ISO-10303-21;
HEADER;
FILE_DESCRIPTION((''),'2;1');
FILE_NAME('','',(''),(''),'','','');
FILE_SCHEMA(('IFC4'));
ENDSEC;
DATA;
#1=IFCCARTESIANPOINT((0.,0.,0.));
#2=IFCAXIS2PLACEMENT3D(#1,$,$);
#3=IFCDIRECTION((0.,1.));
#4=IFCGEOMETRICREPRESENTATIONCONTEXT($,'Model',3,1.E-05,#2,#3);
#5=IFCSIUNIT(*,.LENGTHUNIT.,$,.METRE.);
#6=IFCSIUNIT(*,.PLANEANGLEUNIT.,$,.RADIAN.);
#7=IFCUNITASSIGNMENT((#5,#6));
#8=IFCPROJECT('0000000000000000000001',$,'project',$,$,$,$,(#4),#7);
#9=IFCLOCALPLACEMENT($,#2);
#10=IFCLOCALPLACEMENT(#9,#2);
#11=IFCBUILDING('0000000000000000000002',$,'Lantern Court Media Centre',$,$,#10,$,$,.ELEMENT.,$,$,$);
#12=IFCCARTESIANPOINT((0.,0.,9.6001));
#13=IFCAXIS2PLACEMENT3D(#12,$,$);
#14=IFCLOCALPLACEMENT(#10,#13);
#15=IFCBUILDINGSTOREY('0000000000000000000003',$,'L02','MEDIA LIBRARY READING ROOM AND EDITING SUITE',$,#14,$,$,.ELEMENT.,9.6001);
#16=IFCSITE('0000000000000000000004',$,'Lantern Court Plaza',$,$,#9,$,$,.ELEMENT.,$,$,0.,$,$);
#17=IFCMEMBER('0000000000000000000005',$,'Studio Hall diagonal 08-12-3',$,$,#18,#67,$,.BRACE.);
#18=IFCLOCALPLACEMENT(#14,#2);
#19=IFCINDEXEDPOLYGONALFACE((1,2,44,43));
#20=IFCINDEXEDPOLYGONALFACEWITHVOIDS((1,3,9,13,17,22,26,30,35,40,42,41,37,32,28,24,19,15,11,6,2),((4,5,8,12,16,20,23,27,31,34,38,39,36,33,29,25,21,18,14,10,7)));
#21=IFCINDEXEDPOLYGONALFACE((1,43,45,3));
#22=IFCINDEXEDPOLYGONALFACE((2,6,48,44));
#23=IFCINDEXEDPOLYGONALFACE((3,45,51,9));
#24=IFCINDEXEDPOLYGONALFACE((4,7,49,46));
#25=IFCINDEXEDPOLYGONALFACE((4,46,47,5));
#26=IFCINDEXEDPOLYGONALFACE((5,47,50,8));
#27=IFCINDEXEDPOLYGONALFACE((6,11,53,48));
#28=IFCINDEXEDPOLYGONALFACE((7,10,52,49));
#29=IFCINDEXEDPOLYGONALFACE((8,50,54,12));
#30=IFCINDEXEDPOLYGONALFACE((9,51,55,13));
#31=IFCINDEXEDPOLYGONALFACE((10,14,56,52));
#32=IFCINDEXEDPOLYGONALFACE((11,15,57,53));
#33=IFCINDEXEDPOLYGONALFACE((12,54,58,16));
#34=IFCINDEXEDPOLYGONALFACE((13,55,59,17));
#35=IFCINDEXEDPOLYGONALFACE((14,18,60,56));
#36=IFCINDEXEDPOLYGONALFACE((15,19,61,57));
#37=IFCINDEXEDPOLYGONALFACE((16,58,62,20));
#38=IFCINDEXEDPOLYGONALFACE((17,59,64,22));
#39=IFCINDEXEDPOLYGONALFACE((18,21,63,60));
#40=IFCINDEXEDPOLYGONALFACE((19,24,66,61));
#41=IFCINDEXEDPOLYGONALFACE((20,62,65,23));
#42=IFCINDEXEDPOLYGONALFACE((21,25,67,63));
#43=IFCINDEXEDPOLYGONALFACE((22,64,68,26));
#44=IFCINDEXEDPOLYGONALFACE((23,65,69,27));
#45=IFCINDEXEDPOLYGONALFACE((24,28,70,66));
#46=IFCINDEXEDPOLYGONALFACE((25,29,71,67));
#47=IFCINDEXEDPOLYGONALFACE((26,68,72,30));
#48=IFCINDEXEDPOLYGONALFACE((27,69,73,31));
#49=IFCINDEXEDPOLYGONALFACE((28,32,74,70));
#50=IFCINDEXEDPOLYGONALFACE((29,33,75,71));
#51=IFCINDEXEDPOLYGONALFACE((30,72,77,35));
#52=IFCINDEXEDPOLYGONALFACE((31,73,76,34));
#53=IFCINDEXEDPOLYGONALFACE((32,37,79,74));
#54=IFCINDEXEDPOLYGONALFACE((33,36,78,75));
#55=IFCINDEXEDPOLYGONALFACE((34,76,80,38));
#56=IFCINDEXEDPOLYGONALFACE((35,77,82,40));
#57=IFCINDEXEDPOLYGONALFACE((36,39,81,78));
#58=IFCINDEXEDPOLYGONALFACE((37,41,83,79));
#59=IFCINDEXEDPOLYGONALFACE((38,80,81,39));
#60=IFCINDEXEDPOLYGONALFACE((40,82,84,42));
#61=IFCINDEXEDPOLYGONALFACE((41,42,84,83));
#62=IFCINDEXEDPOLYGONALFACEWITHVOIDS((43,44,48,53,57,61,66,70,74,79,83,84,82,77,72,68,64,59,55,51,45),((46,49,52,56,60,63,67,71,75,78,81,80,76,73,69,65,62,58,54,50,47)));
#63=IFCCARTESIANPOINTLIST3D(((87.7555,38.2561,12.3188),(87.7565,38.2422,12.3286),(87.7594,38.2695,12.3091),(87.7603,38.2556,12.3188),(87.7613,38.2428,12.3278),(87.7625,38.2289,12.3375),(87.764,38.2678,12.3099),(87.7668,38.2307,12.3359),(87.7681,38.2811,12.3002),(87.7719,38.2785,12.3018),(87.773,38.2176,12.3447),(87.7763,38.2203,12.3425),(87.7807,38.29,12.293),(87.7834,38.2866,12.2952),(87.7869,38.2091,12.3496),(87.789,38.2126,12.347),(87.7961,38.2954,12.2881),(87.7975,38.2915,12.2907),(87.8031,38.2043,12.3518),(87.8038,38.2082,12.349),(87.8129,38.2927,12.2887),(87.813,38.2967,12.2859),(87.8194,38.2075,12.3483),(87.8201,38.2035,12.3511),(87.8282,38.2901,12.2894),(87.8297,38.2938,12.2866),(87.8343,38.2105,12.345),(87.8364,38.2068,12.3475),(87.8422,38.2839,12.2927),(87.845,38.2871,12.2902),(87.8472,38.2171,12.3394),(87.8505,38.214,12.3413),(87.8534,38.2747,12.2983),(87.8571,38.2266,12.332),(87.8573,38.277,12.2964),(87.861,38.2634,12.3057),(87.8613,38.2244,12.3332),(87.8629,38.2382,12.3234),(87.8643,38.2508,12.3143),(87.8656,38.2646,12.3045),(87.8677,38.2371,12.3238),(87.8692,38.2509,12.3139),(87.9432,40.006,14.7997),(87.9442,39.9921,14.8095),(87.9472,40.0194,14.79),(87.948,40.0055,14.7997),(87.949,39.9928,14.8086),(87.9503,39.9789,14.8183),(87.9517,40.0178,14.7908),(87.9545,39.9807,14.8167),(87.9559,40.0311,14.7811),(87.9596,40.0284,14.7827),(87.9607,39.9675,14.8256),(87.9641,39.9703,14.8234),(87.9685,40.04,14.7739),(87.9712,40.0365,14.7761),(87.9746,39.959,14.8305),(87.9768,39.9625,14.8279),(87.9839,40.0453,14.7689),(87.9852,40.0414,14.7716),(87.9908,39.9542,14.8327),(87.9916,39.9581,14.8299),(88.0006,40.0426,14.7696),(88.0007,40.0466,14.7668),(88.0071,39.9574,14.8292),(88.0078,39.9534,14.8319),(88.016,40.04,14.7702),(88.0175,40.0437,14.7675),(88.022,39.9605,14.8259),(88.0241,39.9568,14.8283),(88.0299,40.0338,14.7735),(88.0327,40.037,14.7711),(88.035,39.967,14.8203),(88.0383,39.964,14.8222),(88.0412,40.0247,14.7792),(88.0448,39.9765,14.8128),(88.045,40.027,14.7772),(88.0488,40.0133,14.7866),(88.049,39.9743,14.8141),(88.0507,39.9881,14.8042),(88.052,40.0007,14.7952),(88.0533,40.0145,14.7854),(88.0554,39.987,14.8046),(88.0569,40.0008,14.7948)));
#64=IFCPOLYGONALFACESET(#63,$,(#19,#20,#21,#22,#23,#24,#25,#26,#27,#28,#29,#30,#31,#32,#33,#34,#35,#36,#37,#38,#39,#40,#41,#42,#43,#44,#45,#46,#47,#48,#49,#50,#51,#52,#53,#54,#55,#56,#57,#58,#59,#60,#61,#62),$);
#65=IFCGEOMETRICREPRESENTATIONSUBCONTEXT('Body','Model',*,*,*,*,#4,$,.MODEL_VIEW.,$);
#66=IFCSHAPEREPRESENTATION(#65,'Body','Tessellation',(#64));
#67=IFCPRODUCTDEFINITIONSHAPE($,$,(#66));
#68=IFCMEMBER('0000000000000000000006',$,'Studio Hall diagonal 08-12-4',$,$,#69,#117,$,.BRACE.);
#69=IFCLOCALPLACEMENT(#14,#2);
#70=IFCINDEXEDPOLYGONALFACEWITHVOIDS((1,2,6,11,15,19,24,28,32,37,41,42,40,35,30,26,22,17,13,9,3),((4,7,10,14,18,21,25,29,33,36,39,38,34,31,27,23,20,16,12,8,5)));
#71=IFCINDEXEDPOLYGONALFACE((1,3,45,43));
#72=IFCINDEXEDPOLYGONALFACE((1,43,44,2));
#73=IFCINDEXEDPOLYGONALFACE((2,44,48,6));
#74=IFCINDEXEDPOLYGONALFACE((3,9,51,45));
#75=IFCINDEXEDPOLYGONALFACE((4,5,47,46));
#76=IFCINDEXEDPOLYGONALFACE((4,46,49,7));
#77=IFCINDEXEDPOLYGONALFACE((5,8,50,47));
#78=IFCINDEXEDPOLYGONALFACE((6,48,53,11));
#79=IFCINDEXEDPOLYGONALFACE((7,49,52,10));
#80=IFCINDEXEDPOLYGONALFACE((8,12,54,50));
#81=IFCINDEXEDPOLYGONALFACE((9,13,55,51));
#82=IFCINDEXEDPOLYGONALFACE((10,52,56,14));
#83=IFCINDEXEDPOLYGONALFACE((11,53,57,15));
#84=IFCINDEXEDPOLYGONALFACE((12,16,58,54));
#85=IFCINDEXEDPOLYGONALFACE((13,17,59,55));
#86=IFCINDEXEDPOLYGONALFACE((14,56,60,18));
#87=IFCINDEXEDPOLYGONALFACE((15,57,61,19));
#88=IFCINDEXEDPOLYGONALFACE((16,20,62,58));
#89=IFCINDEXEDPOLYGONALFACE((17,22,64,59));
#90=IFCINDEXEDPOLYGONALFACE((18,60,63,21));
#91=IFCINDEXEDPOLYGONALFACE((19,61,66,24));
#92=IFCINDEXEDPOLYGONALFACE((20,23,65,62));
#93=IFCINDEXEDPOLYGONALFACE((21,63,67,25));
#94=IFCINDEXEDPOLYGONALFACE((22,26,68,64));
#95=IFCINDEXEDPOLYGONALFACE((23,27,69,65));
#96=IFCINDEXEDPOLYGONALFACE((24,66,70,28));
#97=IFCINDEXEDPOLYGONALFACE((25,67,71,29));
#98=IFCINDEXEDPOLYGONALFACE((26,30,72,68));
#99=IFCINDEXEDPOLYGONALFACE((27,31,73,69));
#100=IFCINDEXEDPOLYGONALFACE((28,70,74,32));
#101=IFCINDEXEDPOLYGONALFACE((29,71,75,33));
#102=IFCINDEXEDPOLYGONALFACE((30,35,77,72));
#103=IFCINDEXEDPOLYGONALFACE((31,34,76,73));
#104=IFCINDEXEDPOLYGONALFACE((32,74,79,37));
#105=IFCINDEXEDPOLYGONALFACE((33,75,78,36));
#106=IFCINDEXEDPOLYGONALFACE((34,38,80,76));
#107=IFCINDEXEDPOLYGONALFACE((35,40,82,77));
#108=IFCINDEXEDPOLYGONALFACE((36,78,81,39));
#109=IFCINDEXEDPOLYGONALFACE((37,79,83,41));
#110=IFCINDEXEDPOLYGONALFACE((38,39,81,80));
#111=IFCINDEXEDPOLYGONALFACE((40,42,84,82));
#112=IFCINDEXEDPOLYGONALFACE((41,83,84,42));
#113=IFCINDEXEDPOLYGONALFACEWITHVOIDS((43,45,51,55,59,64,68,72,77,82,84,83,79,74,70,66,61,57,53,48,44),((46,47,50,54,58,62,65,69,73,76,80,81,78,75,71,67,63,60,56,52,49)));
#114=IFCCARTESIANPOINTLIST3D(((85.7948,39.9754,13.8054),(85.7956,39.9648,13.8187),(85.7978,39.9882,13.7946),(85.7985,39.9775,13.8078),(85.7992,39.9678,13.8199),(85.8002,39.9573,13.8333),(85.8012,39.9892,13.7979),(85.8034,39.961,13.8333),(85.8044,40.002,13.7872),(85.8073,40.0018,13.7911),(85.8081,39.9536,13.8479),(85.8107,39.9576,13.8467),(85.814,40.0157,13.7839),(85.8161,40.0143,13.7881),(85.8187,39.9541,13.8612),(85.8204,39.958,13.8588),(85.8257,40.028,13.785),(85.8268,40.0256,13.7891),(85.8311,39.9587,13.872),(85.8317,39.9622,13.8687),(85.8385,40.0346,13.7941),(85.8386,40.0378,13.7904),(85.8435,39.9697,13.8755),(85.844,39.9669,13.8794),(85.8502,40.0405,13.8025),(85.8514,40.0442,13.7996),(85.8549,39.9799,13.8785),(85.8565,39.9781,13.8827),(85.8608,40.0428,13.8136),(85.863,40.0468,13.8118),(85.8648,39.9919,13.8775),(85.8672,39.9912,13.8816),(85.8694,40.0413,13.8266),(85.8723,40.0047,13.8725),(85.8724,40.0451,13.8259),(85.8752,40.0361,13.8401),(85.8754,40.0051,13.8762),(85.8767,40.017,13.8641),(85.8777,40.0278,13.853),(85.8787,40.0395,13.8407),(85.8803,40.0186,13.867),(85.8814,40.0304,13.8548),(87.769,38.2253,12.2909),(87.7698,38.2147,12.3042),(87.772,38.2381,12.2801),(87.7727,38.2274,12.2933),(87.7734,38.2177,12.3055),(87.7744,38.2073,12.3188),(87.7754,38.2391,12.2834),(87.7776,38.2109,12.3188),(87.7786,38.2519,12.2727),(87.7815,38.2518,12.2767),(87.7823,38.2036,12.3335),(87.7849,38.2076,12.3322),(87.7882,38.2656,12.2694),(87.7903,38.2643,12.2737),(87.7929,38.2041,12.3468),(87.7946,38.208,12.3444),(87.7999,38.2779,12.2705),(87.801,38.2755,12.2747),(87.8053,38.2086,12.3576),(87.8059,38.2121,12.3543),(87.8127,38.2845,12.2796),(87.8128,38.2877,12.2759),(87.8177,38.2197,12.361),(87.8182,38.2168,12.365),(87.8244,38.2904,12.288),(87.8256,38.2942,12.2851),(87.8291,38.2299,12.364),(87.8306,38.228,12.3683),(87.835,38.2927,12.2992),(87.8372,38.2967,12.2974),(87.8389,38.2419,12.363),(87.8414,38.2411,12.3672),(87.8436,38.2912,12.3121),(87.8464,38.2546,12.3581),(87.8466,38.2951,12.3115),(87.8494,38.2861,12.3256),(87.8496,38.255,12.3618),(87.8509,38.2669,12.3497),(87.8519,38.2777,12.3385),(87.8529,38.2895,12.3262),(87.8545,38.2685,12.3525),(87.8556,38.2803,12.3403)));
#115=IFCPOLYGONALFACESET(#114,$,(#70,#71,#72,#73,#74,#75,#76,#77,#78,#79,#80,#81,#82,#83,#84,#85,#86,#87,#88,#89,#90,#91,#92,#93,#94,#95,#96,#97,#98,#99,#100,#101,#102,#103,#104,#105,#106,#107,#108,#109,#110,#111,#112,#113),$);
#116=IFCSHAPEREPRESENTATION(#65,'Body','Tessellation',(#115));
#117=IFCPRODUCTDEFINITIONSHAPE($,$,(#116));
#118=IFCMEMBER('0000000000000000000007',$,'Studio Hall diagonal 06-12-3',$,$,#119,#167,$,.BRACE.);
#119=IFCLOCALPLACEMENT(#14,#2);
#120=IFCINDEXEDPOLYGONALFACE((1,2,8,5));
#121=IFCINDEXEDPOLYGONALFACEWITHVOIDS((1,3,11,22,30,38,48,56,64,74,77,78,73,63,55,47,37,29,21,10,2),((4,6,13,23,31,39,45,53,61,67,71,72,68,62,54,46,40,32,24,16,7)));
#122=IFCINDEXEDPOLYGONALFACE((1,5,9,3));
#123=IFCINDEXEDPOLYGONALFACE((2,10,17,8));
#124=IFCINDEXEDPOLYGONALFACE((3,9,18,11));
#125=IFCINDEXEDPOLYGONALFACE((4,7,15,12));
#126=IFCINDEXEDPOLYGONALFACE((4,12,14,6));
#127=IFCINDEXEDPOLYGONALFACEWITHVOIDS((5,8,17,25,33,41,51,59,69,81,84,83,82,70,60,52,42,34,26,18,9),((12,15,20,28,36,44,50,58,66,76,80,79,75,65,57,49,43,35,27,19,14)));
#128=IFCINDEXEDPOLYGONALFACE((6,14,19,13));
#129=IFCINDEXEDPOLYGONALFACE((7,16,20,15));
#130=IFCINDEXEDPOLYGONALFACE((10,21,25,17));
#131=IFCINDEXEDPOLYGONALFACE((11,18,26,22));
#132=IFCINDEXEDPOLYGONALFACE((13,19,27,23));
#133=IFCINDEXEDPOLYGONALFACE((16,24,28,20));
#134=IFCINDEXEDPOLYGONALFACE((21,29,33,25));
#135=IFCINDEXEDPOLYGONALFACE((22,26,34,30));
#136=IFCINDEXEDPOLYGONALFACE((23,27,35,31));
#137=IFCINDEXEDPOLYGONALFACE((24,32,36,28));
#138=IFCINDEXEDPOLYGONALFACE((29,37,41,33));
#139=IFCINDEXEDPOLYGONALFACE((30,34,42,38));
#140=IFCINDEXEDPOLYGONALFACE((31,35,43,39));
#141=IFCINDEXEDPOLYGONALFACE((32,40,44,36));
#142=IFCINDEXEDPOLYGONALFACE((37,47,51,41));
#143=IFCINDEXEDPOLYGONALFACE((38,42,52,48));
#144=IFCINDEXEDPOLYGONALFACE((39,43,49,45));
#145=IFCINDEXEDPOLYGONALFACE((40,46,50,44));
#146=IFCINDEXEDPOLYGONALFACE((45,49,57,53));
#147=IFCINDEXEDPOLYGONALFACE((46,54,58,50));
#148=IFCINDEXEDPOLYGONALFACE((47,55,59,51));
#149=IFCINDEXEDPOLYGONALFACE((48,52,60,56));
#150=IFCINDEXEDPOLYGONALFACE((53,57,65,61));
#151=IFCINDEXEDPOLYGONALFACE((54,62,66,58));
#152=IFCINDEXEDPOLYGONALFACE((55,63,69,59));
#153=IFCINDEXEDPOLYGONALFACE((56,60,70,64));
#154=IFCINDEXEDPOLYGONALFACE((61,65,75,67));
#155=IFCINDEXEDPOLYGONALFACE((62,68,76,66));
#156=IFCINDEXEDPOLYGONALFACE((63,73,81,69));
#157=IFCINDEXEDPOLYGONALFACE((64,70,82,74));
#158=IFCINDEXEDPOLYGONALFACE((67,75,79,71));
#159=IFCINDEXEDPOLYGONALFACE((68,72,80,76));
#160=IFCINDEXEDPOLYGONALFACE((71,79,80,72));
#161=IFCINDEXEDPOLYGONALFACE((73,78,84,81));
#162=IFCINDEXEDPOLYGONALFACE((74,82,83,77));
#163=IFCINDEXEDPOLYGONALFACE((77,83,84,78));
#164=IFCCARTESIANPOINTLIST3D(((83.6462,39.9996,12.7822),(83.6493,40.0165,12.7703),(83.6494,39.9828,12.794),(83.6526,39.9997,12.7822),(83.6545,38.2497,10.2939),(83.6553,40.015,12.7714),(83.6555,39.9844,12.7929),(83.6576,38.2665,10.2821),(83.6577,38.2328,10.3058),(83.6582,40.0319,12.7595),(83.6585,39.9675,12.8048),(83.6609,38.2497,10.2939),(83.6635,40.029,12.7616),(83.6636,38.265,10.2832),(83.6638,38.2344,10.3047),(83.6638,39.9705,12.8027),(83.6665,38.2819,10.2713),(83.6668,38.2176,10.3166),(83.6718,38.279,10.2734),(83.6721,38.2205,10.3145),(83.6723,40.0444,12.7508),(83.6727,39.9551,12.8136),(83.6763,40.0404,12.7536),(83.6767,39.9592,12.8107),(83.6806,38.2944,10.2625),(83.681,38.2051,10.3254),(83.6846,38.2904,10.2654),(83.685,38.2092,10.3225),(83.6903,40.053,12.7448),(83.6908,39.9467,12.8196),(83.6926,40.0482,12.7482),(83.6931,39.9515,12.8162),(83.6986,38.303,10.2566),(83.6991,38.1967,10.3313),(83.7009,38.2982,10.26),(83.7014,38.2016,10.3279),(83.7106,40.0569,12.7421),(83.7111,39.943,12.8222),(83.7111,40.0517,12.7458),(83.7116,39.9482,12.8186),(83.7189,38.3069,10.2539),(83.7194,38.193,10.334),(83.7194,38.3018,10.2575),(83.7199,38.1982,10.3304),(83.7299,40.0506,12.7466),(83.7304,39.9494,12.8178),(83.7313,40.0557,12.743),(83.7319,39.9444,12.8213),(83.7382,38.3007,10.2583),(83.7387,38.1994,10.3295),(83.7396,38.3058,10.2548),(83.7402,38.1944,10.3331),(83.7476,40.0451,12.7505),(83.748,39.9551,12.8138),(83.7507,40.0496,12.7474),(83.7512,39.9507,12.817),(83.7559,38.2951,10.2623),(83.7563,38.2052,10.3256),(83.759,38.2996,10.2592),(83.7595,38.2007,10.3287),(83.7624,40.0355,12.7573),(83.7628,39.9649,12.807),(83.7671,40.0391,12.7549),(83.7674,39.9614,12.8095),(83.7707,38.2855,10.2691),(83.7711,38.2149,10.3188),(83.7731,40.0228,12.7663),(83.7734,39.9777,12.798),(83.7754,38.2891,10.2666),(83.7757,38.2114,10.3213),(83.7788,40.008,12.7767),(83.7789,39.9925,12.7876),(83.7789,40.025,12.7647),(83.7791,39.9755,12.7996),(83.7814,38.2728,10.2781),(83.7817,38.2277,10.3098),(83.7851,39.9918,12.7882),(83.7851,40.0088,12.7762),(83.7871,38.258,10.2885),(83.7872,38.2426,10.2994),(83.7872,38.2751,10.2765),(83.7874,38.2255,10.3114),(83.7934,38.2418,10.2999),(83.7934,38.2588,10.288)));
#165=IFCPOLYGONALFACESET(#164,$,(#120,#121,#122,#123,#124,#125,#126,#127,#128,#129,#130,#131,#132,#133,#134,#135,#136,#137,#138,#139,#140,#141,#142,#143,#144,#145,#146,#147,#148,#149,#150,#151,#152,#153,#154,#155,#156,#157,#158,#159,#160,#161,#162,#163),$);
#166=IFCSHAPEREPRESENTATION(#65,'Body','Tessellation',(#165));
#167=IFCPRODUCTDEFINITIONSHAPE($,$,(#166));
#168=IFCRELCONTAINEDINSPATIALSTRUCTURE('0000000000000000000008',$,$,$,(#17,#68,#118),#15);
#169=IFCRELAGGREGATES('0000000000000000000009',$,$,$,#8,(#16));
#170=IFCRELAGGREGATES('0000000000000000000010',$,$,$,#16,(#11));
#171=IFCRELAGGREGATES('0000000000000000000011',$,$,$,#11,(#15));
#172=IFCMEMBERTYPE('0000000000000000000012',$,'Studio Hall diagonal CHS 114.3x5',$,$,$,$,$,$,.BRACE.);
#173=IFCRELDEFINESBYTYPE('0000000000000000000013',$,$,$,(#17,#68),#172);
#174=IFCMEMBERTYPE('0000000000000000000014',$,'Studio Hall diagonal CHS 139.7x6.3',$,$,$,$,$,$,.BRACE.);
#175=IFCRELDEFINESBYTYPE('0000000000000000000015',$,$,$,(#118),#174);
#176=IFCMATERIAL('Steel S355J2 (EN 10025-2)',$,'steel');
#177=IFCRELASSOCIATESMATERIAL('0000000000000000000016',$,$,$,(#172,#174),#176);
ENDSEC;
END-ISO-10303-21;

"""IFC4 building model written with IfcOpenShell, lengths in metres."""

from ifc_helpers import new_model, si_unit, direction, frame, origin, origin_2d, place, context, subcontext, project, spatial, hollow_circle, extrude, material, material_profile, profile_set, type_object, element, save


model = new_model("IFC4")

# Units and contexts
model_context = context("Model", 3, precision=1e-05, world=origin(), true_north=direction((0.0, 1.0)))
body_context = subcontext(model_context, "Body", "Model", "MODEL_VIEW")
ifc_project = project(units=[si_unit("LENGTHUNIT", "METRE"), si_unit("PLANEANGLEUNIT", "RADIAN")], contexts=[model_context])

# Site, building, storey
site_placement = place(None, origin())
site = spatial("IfcSite", under=ifc_project, at=site_placement, Name="Lantern Court Plaza", CompositionType="ELEMENT", RefElevation=0.0)
building_placement = place(site_placement, origin())
building = spatial("IfcBuilding", under=site, at=building_placement, Name="Lantern Court Media Centre", CompositionType="ELEMENT")
storey_placement = place(building_placement, frame((0.0, 0.0, 9.6001)))
storey = spatial("IfcBuildingStorey", under=building, at=storey_placement, Name="L02", Description="MEDIA LIBRARY READING ROOM AND EDITING SUITE", CompositionType="ELEMENT", Elevation=9.6001)

# Members
ifc_material = material(Name="Steel S355J2 (EN 10025-2)", Category="steel")
ifc_material_profile_1 = material_profile(ifc_material, hollow_circle(Radius=0.0571, WallThickness=0.0049, at=origin_2d()), Name="Studio Hall diagonal CHS 114.3x5")
ifc_profile_set_1 = profile_set([ifc_material_profile_1], Name="Steel S355J2 (EN 10025-2)")
member_type_1 = type_object("IfcMemberType", Name="Studio Hall diagonal CHS 114.3x5", PredefinedType="BRACE", material=ifc_profile_set_1)
for number, where, z_axis, x_axis, name in (
    (1, (87.8123, 38.25, 12.3188), (0.06172, 0.575306, 0.815606), (-0.994294, 0.10667, 0.0), "Studio Hall diagonal 08-12-3"),
):
    element("IfcMember", number, at=place(storey_placement, frame(where, z_axis=z_axis, x_axis=x_axis)), inside=storey, type_object=member_type_1, Name=name, PredefinedType="BRACE", context=body_context, shape_type="SweptSolid", body=[
        extrude(hollow_circle(Radius=0.0571, WallThickness=0.0049, at=origin_2d()), origin(), (0.0, 0.0, 1.0), 3.0417),
    ])
member_1_placement = place(storey_placement, frame((87.8123, 38.25, 12.3188), z_axis=(-0.648979, 0.575301, 0.49785), x_axis=(-0.663352, -0.748307, 0.0)))
element("IfcMember", 2, at=member_1_placement, inside=storey, type_object=member_type_1, Name="Studio Hall diagonal 08-12-4", PredefinedType="BRACE", context=body_context, shape_type="SweptSolid", body=[
    extrude(hollow_circle(Radius=0.0571, WallThickness=0.0049, at=origin_2d()), origin(), (0.0, 0.0, 1.0), 3.042),
])
ifc_material_profile_2 = material_profile(ifc_material, hollow_circle(Radius=0.0698, WallThickness=0.0063, at=origin_2d()), Name="Studio Hall diagonal CHS 139.7x6.3")
ifc_profile_set_2 = profile_set([ifc_material_profile_2], Name="Steel S355J2 (EN 10025-2)")
member_type_2 = type_object("IfcMemberType", Name="Studio Hall diagonal CHS 139.7x6.3", PredefinedType="BRACE", material=ifc_profile_set_2)
for number, where, z_axis, x_axis, name in (
    (3, (83.7244, 38.25, 10.2939), (-0.002729, 0.575269, 0.81796), (-0.999989, -0.004743, 0.0), "Studio Hall diagonal 06-12-3"),
):
    element("IfcMember", number, at=place(storey_placement, frame(where, z_axis=z_axis, x_axis=x_axis)), inside=storey, type_object=member_type_2, Name=name, PredefinedType="BRACE", context=body_context, shape_type="SweptSolid", body=[
        extrude(hollow_circle(Radius=0.0698, WallThickness=0.0063, at=origin_2d()), origin(), (0.0, 0.0, 1.0), 3.042),
    ])

save(model, "model.ifc")
